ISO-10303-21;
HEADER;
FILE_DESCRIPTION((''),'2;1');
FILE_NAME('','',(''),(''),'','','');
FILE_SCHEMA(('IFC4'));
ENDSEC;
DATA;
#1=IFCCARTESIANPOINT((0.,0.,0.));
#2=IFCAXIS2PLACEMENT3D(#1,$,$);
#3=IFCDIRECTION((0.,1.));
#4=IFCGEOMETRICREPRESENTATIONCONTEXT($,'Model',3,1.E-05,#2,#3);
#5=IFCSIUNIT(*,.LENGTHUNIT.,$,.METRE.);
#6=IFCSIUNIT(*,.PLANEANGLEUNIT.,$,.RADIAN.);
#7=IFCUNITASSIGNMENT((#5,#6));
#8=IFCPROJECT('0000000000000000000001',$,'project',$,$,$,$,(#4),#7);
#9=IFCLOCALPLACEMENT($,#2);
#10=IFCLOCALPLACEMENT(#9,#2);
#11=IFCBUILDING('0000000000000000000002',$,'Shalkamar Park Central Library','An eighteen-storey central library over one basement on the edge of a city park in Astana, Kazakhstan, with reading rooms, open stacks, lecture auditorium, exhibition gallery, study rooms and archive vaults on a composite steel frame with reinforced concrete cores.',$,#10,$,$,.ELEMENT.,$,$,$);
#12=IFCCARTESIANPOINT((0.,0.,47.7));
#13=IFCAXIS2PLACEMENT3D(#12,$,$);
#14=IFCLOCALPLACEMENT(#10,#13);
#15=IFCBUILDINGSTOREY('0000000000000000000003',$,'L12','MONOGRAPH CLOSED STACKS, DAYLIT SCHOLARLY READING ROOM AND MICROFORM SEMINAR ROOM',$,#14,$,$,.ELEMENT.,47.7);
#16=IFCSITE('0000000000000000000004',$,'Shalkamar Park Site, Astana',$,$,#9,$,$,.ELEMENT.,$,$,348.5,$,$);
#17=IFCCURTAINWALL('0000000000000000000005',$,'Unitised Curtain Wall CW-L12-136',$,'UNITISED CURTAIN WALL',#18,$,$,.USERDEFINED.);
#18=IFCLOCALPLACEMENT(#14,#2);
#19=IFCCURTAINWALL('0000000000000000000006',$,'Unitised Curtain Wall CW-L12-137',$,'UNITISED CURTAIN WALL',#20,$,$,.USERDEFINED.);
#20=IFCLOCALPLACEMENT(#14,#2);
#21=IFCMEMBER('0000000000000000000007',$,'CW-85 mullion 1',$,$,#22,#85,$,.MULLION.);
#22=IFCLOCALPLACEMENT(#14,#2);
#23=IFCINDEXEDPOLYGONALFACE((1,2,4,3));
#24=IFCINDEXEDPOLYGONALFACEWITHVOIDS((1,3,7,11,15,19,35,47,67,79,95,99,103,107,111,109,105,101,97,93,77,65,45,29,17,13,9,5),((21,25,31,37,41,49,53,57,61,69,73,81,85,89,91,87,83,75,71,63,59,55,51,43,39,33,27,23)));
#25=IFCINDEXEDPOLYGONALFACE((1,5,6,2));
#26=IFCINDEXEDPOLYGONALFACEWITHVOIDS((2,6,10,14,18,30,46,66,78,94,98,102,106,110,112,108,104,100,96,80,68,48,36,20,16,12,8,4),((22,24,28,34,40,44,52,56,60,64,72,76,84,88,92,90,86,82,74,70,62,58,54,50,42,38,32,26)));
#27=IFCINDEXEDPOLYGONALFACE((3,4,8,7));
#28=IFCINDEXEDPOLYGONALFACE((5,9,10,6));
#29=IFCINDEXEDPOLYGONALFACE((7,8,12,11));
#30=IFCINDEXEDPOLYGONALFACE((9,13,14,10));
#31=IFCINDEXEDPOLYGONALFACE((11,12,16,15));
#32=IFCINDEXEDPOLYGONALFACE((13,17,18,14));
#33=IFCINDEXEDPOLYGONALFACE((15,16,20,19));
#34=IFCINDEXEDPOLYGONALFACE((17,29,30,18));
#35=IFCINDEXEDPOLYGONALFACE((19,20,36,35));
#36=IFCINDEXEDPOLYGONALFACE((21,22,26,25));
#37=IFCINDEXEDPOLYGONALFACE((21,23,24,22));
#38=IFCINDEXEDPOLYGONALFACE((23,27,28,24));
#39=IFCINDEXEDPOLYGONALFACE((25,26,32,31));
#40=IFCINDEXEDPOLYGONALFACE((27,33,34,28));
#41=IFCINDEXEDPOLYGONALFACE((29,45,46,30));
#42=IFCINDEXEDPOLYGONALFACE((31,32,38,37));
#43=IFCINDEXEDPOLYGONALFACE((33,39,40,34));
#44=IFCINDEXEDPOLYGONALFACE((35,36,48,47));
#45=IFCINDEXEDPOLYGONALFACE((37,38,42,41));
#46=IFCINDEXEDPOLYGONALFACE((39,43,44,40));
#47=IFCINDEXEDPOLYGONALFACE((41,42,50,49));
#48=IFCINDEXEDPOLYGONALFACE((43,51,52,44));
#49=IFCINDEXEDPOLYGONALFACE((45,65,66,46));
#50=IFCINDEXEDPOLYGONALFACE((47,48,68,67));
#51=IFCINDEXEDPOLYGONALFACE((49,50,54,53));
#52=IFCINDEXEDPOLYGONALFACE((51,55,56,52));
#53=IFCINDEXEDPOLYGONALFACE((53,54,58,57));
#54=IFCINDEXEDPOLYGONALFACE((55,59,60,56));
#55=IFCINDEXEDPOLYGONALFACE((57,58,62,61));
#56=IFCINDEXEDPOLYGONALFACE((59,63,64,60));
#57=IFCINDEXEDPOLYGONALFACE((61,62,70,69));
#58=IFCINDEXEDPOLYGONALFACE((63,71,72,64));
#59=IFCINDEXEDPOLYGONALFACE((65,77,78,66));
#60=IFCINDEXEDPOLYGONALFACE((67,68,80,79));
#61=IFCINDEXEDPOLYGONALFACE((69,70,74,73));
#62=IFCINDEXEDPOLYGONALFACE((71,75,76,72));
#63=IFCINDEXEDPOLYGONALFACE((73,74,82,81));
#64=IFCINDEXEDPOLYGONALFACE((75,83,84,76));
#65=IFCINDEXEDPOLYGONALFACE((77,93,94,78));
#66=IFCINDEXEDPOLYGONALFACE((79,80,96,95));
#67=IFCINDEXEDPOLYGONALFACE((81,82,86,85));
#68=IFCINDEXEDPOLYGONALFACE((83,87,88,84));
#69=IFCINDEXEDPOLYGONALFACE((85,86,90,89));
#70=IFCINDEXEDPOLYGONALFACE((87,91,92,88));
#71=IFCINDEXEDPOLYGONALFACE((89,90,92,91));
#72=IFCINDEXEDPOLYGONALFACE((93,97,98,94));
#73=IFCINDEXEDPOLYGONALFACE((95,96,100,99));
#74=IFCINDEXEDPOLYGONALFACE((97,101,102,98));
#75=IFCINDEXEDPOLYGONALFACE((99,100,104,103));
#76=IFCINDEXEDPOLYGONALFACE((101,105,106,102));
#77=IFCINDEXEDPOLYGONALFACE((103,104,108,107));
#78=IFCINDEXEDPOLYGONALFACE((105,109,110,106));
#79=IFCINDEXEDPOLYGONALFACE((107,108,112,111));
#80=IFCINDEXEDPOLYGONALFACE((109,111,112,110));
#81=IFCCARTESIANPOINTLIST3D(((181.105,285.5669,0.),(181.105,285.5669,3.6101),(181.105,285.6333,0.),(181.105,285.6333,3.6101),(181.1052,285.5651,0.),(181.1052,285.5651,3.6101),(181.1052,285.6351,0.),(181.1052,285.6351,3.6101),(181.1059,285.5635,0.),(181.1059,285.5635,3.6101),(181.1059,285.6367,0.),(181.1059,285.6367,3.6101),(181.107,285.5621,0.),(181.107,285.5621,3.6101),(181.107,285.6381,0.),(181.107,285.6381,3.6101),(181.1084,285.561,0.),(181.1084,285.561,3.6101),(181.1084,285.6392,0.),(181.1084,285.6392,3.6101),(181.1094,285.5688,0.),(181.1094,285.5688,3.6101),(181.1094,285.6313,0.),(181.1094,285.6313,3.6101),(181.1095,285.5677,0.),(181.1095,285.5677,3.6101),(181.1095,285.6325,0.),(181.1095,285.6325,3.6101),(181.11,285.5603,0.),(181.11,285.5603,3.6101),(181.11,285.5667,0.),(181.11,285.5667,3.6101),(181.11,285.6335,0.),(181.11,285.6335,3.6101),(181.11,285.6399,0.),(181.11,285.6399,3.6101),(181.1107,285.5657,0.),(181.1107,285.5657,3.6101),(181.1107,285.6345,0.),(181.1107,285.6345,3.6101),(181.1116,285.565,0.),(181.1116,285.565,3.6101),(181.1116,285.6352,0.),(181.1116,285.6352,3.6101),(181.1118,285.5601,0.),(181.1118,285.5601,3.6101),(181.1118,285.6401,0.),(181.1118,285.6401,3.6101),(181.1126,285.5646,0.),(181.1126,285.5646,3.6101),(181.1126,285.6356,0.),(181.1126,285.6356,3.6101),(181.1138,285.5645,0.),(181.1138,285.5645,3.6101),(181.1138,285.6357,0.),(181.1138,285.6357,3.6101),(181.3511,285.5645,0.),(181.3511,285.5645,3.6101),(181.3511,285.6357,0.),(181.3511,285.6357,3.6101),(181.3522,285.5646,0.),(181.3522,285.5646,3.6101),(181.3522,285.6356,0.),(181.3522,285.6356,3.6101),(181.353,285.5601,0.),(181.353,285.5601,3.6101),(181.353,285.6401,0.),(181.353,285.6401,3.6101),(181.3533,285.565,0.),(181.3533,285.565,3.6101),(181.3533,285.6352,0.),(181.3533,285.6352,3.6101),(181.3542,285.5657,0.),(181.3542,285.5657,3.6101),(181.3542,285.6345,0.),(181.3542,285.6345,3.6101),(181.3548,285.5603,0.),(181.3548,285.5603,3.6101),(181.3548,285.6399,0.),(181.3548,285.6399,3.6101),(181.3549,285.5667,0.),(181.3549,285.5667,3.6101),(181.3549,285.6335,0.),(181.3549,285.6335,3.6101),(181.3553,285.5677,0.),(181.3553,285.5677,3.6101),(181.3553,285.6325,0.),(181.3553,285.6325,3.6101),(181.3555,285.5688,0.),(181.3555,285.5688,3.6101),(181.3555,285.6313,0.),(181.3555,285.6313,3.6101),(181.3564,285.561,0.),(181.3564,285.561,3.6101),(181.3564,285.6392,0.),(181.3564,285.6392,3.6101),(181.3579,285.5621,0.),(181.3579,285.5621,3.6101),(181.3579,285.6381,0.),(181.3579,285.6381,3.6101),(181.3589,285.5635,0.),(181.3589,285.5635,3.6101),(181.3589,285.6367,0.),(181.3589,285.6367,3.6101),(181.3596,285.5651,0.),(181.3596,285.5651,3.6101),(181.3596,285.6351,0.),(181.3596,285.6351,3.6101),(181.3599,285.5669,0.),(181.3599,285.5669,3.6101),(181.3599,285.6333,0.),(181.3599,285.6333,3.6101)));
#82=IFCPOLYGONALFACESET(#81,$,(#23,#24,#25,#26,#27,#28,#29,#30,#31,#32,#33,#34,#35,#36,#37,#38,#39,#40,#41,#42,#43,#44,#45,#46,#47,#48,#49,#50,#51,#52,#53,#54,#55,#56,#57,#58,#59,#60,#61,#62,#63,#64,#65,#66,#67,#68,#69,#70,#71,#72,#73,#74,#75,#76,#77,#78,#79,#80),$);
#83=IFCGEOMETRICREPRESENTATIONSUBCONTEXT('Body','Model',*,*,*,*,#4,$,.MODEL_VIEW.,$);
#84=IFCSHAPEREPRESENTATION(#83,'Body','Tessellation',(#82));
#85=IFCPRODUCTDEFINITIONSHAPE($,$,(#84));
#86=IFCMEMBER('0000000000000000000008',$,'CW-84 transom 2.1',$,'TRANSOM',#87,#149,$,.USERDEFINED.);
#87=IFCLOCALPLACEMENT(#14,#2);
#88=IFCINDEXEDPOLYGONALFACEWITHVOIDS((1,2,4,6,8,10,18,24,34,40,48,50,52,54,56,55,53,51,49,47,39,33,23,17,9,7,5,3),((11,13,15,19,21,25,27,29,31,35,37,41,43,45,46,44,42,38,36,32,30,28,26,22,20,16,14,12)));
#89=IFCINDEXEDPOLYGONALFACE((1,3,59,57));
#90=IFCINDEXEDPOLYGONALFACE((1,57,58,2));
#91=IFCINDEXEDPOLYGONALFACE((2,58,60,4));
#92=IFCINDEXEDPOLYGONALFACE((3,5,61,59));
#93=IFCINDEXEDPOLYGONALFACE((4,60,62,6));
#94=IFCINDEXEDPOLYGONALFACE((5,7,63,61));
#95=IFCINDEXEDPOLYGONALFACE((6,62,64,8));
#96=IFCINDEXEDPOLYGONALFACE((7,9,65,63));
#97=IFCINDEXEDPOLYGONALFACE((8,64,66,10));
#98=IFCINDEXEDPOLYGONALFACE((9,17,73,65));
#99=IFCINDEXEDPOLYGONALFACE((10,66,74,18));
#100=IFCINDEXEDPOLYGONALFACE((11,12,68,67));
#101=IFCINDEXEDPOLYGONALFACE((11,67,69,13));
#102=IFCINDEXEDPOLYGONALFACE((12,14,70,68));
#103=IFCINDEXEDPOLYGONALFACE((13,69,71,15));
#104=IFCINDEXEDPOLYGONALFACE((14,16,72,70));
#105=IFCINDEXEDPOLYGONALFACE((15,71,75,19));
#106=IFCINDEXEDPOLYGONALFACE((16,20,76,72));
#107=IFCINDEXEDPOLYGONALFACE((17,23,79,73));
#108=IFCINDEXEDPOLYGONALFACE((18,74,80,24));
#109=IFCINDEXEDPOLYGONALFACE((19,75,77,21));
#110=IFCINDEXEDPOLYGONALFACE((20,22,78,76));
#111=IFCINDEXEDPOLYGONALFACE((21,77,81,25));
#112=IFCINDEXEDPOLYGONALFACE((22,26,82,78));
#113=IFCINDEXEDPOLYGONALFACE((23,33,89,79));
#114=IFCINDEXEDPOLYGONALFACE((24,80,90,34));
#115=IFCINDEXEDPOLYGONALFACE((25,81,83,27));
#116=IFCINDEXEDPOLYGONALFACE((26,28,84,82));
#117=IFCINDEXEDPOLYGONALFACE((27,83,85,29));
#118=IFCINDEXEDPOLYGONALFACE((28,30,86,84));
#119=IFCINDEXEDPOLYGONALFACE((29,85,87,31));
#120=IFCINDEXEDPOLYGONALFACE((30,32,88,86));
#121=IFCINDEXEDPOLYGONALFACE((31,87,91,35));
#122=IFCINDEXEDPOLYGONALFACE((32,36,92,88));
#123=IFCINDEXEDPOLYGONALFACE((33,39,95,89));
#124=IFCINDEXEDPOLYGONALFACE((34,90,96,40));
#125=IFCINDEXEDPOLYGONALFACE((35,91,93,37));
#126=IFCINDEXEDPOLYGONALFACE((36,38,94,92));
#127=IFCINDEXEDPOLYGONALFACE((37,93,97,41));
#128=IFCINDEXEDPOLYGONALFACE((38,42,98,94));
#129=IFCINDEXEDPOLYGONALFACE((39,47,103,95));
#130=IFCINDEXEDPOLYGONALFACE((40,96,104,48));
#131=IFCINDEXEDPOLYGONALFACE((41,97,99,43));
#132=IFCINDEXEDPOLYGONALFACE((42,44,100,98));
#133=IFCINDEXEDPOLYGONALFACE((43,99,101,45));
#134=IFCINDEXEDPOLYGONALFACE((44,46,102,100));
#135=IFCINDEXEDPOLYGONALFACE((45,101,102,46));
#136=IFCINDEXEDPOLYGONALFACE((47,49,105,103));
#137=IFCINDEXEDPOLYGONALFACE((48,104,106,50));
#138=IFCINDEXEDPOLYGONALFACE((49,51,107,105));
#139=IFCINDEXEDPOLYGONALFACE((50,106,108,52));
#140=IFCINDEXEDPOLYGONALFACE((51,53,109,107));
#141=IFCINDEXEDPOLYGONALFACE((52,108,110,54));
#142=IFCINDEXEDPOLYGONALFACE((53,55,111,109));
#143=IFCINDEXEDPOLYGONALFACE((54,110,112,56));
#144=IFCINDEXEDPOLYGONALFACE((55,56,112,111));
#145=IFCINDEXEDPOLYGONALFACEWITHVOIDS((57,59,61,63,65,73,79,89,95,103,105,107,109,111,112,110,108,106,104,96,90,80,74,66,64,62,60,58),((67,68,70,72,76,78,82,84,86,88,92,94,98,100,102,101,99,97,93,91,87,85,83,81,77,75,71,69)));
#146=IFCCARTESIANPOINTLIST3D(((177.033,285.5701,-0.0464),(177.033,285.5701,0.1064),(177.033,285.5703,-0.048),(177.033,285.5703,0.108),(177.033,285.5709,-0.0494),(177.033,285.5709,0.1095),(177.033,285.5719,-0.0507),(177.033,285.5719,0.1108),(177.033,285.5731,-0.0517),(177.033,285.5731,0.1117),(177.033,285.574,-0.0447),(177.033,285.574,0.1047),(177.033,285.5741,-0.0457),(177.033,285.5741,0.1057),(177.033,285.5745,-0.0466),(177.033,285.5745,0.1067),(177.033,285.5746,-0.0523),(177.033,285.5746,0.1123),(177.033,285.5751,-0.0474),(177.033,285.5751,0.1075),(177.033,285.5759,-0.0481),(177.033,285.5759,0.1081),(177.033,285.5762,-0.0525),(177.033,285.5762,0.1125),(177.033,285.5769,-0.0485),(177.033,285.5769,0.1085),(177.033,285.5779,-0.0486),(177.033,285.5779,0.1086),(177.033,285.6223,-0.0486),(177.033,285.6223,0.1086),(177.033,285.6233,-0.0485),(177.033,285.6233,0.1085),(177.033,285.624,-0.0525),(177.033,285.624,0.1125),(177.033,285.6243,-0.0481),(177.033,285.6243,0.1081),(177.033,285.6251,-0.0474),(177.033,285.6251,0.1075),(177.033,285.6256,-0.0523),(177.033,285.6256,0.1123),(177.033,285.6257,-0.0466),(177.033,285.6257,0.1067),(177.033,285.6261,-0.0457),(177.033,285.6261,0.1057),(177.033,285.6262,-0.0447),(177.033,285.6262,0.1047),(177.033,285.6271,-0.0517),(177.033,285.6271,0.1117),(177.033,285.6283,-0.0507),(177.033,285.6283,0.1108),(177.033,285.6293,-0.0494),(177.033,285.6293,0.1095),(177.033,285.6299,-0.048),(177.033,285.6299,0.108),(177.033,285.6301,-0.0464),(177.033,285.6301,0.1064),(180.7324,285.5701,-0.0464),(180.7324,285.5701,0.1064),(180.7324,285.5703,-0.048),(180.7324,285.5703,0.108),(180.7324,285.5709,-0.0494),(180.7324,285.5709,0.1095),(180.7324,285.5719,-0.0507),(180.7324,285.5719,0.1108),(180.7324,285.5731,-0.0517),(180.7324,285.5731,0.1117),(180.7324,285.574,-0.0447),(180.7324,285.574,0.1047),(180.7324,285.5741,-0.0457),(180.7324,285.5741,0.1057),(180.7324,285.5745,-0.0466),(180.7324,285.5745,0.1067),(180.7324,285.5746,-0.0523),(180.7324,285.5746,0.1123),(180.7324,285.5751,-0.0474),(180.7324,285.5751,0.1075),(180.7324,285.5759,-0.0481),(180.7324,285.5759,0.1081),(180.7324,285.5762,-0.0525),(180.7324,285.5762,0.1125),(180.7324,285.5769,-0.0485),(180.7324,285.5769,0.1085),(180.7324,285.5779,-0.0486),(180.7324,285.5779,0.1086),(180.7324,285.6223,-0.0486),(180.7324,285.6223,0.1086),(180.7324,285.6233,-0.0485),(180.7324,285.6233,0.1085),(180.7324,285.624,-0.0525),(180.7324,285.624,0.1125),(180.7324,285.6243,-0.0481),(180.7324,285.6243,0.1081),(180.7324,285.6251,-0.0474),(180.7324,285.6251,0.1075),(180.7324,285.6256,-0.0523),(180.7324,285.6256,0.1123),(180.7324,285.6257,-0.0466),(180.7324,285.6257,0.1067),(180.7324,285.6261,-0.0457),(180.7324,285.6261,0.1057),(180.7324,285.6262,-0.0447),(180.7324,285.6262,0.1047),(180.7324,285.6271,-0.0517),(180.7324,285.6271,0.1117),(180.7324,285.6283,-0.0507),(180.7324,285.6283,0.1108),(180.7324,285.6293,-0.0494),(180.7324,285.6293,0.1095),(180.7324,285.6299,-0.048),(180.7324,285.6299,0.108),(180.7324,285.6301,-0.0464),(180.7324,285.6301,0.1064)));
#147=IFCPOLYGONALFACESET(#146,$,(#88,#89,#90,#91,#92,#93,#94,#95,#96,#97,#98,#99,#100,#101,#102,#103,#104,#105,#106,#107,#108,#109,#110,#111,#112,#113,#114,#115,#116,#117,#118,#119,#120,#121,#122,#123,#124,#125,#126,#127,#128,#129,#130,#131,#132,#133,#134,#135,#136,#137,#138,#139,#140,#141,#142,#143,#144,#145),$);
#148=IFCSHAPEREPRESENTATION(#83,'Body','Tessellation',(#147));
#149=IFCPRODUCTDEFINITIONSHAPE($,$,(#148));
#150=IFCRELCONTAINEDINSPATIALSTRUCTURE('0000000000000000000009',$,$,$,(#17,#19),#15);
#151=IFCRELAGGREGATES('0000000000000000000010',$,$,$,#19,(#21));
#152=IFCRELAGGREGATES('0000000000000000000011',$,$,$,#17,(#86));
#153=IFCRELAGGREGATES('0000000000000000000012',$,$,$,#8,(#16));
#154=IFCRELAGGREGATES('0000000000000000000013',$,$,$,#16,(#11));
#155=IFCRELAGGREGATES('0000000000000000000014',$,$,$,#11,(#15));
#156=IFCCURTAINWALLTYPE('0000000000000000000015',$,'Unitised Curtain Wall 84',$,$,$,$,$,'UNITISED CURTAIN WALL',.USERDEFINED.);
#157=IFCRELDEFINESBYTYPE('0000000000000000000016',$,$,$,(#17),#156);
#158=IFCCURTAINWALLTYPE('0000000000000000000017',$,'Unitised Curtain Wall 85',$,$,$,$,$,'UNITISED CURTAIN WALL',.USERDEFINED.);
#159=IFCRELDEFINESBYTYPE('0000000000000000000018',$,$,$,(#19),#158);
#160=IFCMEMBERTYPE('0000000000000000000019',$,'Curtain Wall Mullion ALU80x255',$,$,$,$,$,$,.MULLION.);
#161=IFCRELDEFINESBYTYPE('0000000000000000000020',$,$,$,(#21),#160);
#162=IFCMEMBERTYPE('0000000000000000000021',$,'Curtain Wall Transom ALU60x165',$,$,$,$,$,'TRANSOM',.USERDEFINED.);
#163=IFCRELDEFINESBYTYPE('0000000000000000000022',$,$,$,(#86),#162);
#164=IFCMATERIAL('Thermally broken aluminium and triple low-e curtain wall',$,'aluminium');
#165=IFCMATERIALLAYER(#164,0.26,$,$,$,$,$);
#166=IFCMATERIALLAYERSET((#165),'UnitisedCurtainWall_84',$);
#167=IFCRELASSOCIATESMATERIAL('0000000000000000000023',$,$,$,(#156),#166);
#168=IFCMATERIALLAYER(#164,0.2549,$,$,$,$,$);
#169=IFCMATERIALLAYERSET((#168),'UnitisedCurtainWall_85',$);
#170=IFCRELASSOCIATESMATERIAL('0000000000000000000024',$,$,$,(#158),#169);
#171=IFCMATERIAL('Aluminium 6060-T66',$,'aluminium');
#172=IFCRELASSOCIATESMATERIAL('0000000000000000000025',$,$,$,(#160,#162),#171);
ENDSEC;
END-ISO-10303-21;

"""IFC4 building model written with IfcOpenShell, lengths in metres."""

from ifc_helpers import new_model, si_unit, direction, frame, origin, origin_2d, place, context, subcontext, project, spatial, hollow_rectangle, extrude, material, layer, layer_set, material_profile, profile_set, type_object, element, aggregate, save


model = new_model("IFC4")

# Units and contexts
model_context = context("Model", 3, precision=1e-05, world=origin(), true_north=direction((0.0, 1.0)))
body_context = subcontext(model_context, "Body", "Model", "MODEL_VIEW")
ifc_project = project(units=[si_unit("LENGTHUNIT", "METRE"), si_unit("PLANEANGLEUNIT", "RADIAN")], contexts=[model_context])

# Site, building, storey
site_placement = place(None, origin())
site = spatial("IfcSite", under=ifc_project, at=site_placement, Name="Shalkamar Park Site, Astana", CompositionType="ELEMENT", RefElevation=348.5)
building_placement = place(site_placement, origin())
building = spatial("IfcBuilding", under=site, at=building_placement, Name="Shalkamar Park Central Library", Description="An eighteen-storey central library over one basement on the edge of a city park in Astana, Kazakhstan, with reading rooms, open stacks, lecture auditorium, exhibition gallery, study rooms and archive vaults on a composite steel frame with reinforced concrete cores.", CompositionType="ELEMENT")
storey_placement = place(building_placement, frame((0.0, 0.0, 47.7)))
storey = spatial("IfcBuildingStorey", under=building, at=storey_placement, Name="L12", Description="MONOGRAPH CLOSED STACKS, DAYLIT SCHOLARLY READING ROOM AND MICROFORM SEMINAR ROOM", CompositionType="ELEMENT", Elevation=47.7)

# Curtain walls, member
ifc_material_1 = material(Name="Thermally broken aluminium and triple low-e curtain wall", Category="aluminium")
ifc_layer_1 = layer(ifc_material_1, 0.26)
ifc_layer_set_1 = layer_set([ifc_layer_1], Name="UnitisedCurtainWall_84")
curtain_wall_type_1 = type_object("IfcCurtainWallType", Name="Unitised Curtain Wall 84", ElementType="UNITISED CURTAIN WALL", PredefinedType="USERDEFINED", material=ifc_layer_set_1)
curtain_wall_1_placement = place(storey_placement, origin())
curtain_wall_1 = element("IfcCurtainWall", 1, at=curtain_wall_1_placement, inside=storey, type_object=curtain_wall_type_1, Name="Unitised Curtain Wall CW-L12-136", ObjectType="UNITISED CURTAIN WALL", PredefinedType="USERDEFINED")
ifc_material_2 = material(Name="Aluminium 6060-T66", Category="aluminium")
ifc_layer_2 = layer(ifc_material_1, 0.2549)
ifc_layer_set_2 = layer_set([ifc_layer_2], Name="UnitisedCurtainWall_85")
curtain_wall_type_2 = type_object("IfcCurtainWallType", Name="Unitised Curtain Wall 85", ElementType="UNITISED CURTAIN WALL", PredefinedType="USERDEFINED", material=ifc_layer_set_2)
curtain_wall_2_placement = place(storey_placement, origin())
curtain_wall_2 = element("IfcCurtainWall", 2, at=curtain_wall_2_placement, inside=storey, type_object=curtain_wall_type_2, Name="Unitised Curtain Wall CW-L12-137", ObjectType="UNITISED CURTAIN WALL", PredefinedType="USERDEFINED")
ifc_material_profile_1 = material_profile(ifc_material_2, hollow_rectangle(XDim=0.0801, YDim=0.2549, WallThickness=0.0044, InnerFilletRadius=0.0044, OuterFilletRadius=0.0068, at=origin_2d()), Name="ALU 80x255x4.5")
ifc_profile_set_1 = profile_set([ifc_material_profile_1], Name="Aluminium 6060-T66")
member_type_1 = type_object("IfcMemberType", Name="Curtain Wall Mullion ALU80x255", PredefinedType="MULLION", material=ifc_profile_set_1)
member_1_placement = place(storey_placement, frame((181.2324, 285.6001, 0.0), z_axis=(0.0, 0.0, 1.0), x_axis=(0.0, 1.0, 0.0)))
member_1 = element("IfcMember", 3, at=member_1_placement, type_object=member_type_1, Name="CW-85 mullion 1", PredefinedType="MULLION", context=body_context, shape_type="SweptSolid", body=[
    extrude(hollow_rectangle(XDim=0.0801, YDim=0.2549, WallThickness=0.0044, InnerFilletRadius=0.0044, OuterFilletRadius=0.0068, at=origin_2d()), origin(), (0.0, 0.0, 1.0), 3.6101),
])

# Member
ifc_material_profile_2 = material_profile(ifc_material_2, hollow_rectangle(XDim=0.0601, YDim=0.165, WallThickness=0.0039, InnerFilletRadius=0.0039, OuterFilletRadius=0.0061, at=origin_2d()), Name="ALU 60x165x4")
ifc_profile_set_2 = profile_set([ifc_material_profile_2], Name="Aluminium 6060-T66")
member_type_2 = type_object("IfcMemberType", Name="Curtain Wall Transom ALU60x165", ElementType="TRANSOM", PredefinedType="USERDEFINED", material=ifc_profile_set_2)
member_2_placement = place(storey_placement, frame((177.033, 285.6001, 0.03), z_axis=(1.0, 0.0, 0.0), x_axis=(0.0, 1.0, 0.0)))
member_2 = element("IfcMember", 4, at=member_2_placement, type_object=member_type_2, Name="CW-84 transom 2.1", ObjectType="TRANSOM", PredefinedType="USERDEFINED", context=body_context, shape_type="SweptSolid", body=[
    extrude(hollow_rectangle(XDim=0.0601, YDim=0.165, WallThickness=0.0039, InnerFilletRadius=0.0039, OuterFilletRadius=0.0061, at=origin_2d()), origin(), (0.0, 0.0, 1.0), 3.6995),
])
aggregate(curtain_wall_2, [member_1])

aggregate(curtain_wall_1, [member_2])

save(model, "model.ifc")
